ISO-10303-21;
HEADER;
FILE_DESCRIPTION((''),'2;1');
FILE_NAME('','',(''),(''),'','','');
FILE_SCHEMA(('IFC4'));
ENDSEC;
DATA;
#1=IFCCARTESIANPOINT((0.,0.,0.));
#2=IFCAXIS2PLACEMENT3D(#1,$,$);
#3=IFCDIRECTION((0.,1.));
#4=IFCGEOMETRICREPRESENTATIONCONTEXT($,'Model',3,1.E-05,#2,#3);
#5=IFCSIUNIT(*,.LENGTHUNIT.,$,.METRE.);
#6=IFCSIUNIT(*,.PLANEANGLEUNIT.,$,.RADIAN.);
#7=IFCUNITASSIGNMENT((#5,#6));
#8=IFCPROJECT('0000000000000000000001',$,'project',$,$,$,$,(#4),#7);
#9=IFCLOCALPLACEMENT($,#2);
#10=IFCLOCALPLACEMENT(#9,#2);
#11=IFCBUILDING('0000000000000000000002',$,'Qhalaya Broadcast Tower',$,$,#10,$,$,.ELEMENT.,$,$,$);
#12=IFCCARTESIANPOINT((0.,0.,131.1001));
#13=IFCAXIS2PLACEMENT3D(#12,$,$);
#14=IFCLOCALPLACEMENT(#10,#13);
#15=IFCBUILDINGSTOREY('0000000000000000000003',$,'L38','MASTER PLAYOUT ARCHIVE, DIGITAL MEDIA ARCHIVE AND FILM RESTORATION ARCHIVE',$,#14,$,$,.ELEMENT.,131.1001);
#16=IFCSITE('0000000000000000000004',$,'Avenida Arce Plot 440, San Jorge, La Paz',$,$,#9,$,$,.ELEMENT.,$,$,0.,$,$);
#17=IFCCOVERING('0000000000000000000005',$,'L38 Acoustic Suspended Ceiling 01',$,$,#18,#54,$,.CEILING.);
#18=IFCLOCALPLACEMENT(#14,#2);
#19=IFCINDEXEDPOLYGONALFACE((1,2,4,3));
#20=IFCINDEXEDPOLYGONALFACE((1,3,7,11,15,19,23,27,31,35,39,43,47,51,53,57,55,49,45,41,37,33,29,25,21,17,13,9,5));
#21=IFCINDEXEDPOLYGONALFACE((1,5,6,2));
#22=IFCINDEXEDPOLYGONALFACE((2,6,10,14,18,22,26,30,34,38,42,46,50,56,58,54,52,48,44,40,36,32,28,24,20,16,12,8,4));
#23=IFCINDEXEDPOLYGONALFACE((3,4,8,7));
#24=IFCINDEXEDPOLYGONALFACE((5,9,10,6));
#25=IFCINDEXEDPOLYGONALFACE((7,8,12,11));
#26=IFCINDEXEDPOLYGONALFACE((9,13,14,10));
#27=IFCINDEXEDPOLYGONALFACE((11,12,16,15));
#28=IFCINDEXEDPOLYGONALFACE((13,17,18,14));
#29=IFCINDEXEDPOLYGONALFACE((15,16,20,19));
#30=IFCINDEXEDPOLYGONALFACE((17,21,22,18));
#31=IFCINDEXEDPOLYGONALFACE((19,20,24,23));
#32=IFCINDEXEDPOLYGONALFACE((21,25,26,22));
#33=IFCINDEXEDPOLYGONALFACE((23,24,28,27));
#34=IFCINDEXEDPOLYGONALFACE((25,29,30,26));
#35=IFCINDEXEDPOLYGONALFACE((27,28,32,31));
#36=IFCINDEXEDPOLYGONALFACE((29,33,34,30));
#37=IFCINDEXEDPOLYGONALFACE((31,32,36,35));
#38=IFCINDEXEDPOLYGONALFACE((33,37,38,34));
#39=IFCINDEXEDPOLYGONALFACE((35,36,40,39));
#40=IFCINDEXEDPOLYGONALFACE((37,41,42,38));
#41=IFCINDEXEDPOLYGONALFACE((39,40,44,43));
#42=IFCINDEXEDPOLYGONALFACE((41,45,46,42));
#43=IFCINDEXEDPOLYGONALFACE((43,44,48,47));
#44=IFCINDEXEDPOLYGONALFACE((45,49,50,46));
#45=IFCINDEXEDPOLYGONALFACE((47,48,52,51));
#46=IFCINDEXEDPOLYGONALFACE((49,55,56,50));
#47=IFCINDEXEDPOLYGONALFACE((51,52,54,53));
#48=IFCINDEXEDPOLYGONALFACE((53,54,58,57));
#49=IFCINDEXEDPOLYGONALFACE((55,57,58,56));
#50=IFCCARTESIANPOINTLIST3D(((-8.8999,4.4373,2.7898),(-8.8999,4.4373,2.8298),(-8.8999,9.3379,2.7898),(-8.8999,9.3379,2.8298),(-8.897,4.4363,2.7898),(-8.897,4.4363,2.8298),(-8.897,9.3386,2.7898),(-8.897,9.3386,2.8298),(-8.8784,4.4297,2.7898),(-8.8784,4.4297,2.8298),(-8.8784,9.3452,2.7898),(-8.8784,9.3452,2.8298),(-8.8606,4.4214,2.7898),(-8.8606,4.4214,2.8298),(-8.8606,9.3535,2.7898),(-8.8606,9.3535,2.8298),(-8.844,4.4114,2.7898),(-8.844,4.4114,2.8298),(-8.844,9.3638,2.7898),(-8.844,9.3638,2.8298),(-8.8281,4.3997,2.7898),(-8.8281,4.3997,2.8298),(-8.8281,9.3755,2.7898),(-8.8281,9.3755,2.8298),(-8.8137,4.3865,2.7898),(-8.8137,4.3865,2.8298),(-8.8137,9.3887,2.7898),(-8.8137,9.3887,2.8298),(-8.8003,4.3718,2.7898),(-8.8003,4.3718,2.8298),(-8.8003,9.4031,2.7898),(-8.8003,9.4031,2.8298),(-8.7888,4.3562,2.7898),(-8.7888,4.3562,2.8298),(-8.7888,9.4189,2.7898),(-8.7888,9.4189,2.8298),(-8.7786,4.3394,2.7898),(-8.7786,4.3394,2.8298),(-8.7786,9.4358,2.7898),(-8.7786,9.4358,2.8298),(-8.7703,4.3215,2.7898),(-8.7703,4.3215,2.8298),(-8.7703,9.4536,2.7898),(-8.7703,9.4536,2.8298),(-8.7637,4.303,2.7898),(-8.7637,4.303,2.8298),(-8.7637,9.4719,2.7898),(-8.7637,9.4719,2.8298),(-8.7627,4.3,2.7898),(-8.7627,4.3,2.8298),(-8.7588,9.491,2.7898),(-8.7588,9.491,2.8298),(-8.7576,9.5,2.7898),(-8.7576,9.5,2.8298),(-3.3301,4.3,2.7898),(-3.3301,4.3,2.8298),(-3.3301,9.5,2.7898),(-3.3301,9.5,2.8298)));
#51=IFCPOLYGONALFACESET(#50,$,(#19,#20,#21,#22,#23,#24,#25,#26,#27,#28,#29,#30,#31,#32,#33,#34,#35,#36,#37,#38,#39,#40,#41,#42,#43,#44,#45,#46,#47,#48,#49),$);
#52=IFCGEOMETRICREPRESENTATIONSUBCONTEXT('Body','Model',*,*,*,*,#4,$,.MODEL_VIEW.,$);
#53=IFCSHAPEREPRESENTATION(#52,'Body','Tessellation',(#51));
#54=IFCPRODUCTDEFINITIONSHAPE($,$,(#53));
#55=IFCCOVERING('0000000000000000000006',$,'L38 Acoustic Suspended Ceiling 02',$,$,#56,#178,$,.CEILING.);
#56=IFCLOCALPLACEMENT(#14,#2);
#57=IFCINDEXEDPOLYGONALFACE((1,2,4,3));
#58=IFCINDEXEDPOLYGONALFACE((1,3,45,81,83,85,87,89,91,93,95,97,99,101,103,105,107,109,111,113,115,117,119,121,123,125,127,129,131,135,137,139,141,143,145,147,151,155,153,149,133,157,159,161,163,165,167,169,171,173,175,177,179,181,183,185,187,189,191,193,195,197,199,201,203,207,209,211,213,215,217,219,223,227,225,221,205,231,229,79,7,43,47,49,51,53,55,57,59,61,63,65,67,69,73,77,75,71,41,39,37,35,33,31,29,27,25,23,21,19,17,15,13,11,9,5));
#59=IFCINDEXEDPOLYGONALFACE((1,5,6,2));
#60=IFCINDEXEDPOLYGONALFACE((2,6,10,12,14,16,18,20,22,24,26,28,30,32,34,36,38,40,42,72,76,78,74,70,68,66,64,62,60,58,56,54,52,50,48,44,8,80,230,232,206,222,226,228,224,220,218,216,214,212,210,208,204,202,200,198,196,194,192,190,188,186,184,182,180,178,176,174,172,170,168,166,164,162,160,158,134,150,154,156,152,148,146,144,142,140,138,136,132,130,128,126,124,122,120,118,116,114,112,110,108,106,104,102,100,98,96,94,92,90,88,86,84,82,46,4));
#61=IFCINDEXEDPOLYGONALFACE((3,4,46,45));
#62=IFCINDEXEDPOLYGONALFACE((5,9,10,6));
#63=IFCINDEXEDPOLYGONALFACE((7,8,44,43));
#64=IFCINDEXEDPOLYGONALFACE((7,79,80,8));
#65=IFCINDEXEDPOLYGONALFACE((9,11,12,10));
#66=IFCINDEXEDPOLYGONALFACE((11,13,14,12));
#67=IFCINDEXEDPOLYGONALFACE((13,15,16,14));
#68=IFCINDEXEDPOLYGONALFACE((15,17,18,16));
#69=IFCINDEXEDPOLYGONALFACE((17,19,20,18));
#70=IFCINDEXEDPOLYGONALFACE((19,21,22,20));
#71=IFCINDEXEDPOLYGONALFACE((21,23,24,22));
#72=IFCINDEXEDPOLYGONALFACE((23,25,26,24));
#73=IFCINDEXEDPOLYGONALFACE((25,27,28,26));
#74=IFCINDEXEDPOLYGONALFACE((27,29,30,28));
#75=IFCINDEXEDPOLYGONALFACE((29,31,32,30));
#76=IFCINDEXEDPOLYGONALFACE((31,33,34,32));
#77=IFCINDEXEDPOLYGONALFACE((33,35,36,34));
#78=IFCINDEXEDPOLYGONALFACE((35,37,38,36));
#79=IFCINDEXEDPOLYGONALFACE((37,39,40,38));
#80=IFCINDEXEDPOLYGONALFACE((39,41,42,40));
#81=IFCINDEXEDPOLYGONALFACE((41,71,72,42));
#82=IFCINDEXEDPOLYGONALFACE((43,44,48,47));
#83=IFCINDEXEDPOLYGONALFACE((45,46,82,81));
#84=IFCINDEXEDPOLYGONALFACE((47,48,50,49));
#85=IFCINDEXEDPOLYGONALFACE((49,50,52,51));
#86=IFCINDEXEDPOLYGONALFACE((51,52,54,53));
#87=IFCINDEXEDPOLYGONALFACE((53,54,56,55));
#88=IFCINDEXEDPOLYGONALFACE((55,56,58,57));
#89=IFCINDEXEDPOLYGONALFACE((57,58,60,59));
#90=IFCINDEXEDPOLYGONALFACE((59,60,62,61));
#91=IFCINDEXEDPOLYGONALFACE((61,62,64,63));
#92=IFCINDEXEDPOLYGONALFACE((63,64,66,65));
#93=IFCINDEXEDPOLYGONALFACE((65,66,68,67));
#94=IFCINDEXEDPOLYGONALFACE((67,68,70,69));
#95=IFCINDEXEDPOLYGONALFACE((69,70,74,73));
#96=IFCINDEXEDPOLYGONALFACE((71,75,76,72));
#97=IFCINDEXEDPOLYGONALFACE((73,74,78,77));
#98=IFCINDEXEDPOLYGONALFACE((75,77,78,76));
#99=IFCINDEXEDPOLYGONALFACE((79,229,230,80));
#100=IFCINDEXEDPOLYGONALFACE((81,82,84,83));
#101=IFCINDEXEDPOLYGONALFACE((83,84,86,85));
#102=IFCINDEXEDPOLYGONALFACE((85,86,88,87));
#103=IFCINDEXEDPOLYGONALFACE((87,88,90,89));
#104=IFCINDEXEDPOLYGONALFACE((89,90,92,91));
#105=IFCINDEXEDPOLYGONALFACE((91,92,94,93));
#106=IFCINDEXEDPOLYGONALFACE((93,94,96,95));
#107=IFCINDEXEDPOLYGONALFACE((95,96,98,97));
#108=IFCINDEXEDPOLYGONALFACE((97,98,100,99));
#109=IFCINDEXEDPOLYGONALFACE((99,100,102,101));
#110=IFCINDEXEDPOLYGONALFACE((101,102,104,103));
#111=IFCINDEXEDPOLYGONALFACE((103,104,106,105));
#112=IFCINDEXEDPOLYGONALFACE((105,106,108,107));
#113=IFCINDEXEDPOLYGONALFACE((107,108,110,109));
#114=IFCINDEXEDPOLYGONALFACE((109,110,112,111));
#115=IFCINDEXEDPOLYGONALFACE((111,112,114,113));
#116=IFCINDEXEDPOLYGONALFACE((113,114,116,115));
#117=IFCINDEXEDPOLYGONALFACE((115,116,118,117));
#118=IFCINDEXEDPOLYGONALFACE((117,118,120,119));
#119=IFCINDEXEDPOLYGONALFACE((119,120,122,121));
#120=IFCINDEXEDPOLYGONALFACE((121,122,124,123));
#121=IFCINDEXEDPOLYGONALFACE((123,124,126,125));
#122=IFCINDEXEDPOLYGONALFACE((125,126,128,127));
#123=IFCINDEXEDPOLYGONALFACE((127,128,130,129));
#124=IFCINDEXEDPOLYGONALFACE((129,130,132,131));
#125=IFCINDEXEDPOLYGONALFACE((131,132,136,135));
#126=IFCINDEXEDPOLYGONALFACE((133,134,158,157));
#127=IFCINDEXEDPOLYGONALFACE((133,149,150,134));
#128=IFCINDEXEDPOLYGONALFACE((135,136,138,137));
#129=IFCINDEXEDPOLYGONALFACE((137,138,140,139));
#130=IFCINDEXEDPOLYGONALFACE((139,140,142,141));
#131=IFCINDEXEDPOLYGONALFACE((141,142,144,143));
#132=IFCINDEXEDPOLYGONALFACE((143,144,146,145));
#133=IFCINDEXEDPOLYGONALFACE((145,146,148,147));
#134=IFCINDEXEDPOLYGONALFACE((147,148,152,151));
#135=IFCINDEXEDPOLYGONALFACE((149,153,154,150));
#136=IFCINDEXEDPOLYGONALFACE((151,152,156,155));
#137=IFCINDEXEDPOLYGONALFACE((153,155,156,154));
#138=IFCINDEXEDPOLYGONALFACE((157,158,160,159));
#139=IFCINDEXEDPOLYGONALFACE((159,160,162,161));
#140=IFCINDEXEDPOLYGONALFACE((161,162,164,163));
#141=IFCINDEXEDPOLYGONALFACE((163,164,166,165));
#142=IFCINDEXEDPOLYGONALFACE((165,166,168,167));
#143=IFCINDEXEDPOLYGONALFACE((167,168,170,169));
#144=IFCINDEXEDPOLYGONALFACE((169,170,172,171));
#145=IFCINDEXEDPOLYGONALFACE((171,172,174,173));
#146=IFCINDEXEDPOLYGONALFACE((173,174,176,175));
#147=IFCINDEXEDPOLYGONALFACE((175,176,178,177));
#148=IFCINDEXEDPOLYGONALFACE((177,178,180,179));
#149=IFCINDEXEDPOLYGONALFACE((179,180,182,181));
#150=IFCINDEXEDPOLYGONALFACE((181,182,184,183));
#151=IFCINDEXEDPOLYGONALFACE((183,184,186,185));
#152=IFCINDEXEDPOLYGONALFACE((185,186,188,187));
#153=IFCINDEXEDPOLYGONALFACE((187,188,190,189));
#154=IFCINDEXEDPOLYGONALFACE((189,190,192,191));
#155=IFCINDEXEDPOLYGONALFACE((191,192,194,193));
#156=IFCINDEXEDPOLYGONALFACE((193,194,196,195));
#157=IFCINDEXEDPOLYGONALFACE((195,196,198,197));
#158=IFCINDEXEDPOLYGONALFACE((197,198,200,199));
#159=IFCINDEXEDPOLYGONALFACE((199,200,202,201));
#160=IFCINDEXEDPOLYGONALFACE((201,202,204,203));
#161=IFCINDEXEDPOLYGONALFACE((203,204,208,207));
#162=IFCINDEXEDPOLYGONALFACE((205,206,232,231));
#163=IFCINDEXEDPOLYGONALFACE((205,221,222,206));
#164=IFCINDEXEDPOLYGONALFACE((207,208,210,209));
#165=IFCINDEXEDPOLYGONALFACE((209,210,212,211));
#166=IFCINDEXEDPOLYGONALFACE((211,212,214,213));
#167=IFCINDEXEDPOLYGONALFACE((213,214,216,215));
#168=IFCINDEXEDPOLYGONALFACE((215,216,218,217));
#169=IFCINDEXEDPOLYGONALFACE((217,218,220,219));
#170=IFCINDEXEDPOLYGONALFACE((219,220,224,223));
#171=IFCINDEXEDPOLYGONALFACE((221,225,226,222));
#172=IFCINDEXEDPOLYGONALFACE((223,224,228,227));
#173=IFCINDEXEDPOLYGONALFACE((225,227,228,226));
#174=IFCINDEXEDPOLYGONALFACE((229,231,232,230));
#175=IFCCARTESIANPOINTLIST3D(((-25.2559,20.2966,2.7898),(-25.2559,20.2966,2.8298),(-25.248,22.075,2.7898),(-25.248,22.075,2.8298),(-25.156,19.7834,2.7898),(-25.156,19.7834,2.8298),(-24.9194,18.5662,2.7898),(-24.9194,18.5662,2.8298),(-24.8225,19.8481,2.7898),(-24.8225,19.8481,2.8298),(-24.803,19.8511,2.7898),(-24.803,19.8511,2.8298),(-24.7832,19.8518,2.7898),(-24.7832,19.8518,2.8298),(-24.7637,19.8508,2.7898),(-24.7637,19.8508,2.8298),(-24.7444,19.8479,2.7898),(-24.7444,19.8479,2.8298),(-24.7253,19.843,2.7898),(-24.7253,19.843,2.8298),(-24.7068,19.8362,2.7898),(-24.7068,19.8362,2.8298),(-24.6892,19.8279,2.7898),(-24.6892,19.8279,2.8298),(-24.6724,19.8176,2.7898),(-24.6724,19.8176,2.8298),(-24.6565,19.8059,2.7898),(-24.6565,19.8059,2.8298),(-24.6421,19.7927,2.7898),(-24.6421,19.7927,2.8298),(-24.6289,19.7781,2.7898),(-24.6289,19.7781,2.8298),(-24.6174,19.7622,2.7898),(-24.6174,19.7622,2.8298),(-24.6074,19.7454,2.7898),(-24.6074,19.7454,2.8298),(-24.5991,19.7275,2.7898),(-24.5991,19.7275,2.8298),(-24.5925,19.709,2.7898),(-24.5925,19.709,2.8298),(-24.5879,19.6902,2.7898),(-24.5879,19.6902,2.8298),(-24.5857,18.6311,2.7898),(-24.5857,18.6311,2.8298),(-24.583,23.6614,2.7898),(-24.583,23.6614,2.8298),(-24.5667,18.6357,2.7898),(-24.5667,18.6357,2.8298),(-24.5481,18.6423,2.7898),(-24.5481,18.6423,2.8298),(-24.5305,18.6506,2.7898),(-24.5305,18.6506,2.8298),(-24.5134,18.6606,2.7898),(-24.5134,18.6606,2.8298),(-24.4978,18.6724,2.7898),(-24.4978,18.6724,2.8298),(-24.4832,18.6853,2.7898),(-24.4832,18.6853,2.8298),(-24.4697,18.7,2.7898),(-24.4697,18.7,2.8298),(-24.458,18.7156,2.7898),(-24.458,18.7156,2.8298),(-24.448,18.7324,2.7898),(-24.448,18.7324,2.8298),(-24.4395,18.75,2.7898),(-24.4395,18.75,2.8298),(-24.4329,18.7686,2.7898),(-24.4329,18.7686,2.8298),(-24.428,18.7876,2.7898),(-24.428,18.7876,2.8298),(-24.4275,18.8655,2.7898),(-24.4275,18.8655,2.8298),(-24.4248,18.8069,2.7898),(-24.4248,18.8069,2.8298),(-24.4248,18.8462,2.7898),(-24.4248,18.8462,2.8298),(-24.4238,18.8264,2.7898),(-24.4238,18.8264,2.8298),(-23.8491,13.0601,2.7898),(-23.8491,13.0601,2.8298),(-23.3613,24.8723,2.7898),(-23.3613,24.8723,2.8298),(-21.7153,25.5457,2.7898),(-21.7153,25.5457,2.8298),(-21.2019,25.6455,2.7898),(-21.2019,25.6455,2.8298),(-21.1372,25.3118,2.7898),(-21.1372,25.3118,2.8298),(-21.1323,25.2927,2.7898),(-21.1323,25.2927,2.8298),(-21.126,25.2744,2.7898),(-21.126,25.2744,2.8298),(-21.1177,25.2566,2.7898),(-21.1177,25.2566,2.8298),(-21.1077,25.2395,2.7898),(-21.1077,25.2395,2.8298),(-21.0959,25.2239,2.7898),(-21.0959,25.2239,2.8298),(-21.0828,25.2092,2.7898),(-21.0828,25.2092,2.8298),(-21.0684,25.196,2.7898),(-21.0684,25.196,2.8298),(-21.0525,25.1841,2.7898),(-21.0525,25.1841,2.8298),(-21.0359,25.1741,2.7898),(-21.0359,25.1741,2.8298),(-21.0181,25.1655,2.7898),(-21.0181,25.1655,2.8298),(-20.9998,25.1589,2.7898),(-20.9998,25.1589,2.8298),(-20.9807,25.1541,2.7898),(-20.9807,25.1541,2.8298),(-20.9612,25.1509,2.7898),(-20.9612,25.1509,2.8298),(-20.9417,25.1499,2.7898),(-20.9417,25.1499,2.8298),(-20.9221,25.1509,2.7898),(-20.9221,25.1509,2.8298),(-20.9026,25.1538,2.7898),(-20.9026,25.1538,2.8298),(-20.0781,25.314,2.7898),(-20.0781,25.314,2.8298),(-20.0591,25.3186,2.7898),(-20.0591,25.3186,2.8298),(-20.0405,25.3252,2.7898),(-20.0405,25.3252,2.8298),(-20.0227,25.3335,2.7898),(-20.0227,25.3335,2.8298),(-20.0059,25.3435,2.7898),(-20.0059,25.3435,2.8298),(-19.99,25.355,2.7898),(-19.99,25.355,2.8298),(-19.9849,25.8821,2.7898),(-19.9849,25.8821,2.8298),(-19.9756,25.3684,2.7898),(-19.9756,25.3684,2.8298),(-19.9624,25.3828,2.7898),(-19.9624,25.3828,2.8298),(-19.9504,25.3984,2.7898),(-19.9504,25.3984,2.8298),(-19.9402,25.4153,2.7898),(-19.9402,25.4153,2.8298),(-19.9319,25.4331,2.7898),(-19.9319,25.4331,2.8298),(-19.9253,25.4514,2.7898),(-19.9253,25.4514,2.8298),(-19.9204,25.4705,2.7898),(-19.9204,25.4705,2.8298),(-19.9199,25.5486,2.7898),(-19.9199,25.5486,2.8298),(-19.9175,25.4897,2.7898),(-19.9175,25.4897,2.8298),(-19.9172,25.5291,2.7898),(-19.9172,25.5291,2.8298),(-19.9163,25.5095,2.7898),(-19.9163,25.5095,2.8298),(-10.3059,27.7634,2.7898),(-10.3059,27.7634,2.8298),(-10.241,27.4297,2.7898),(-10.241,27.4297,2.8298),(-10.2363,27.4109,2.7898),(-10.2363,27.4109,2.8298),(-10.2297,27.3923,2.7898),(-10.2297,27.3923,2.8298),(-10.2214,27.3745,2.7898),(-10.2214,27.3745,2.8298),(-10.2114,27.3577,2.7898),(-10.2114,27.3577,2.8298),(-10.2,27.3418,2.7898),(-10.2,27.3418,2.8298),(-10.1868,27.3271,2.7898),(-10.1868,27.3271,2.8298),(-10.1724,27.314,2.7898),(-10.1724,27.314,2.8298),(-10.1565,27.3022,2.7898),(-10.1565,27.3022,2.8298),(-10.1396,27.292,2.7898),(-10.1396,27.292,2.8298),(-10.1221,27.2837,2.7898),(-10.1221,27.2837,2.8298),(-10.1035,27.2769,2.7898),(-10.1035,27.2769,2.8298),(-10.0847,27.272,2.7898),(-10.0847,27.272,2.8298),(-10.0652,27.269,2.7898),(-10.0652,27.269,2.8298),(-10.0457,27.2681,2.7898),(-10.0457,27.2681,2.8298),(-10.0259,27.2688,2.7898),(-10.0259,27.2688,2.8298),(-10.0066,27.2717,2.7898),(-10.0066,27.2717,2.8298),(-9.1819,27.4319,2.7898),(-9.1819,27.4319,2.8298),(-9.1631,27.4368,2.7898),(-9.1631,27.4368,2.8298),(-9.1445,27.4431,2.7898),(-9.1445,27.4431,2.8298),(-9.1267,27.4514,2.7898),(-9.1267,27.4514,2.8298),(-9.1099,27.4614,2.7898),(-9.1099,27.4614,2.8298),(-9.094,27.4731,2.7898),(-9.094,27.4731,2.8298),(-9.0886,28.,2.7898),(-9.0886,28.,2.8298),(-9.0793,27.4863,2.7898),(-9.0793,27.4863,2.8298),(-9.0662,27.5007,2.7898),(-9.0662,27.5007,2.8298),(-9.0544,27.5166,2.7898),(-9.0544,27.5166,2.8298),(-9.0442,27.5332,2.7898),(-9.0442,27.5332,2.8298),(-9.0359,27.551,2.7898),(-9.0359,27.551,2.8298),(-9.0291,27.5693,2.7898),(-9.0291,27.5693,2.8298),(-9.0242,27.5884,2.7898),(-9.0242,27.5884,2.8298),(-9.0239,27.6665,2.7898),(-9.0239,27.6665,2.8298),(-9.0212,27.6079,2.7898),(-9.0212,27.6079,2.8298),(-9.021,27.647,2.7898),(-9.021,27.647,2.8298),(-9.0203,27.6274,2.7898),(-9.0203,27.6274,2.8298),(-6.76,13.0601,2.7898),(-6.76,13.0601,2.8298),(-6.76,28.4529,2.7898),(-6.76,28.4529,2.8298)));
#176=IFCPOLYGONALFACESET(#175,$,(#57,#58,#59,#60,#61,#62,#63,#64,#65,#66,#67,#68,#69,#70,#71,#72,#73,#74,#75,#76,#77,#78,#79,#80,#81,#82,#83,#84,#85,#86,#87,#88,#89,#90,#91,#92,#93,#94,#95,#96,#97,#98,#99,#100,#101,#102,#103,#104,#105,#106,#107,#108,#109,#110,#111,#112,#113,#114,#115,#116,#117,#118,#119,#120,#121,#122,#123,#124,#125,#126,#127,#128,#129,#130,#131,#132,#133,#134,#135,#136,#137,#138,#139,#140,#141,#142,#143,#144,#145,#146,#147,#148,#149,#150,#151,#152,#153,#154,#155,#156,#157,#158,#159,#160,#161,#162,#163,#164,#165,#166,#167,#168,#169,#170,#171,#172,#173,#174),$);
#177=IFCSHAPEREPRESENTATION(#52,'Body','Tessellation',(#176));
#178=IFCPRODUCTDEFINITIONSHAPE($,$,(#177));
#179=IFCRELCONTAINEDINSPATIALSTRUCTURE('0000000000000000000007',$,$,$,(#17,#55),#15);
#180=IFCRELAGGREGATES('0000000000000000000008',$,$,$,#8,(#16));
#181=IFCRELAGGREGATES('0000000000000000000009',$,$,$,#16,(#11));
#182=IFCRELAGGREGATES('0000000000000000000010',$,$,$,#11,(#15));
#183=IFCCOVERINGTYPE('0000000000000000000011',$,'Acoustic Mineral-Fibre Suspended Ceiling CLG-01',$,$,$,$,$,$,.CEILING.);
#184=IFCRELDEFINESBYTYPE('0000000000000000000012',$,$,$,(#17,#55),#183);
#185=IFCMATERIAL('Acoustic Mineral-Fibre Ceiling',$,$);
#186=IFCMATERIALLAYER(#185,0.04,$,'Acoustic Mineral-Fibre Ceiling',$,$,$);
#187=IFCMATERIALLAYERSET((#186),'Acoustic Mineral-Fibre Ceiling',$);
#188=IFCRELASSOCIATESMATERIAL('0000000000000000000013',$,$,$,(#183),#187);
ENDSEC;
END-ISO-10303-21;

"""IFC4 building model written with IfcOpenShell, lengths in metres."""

from ifc_helpers import new_model, si_unit, direction, frame, origin, place, context, subcontext, project, spatial, polyline, outline, extrude, material, layer, layer_set, type_object, element, save


model = new_model("IFC4")

# Units and contexts
model_context = context("Model", 3, precision=1e-05, world=origin(), true_north=direction((0.0, 1.0)))
body_context = subcontext(model_context, "Body", "Model", "MODEL_VIEW")
ifc_project = project(units=[si_unit("LENGTHUNIT", "METRE"), si_unit("PLANEANGLEUNIT", "RADIAN")], contexts=[model_context])

# Site, building, storey
site_placement = place(None, origin())
site = spatial("IfcSite", under=ifc_project, at=site_placement, Name="Avenida Arce Plot 440, San Jorge, La Paz", CompositionType="ELEMENT", RefElevation=0.0)
building_placement = place(site_placement, origin())
building = spatial("IfcBuilding", under=site, at=building_placement, Name="Qhalaya Broadcast Tower", CompositionType="ELEMENT")
storey_placement = place(building_placement, frame((0.0, 0.0, 131.1001)))
storey = spatial("IfcBuildingStorey", under=building, at=storey_placement, Name="L38", Description="MASTER PLAYOUT ARCHIVE, DIGITAL MEDIA ARCHIVE AND FILM RESTORATION ARCHIVE", CompositionType="ELEMENT", Elevation=131.1001)

# Coverings
ifc_material_1 = material(Name="Acoustic Mineral-Fibre Ceiling")
ifc_layer_1 = layer(ifc_material_1, 0.04, Name="Acoustic Mineral-Fibre Ceiling")
ifc_layer_set_1 = layer_set([ifc_layer_1], Name="Acoustic Mineral-Fibre Ceiling")
covering_type = type_object("IfcCoveringType", Name="Acoustic Mineral-Fibre Suspended Ceiling CLG-01", PredefinedType="CEILING", material=ifc_layer_set_1)
covering_1_placement = place(storey_placement, frame((0.0, 0.0, 2.7898)))
element("IfcCovering", 1, at=covering_1_placement, inside=storey, type_object=covering_type, Name="L38 Acoustic Suspended Ceiling 01", PredefinedType="CEILING", context=body_context, shape_type="SweptSolid", body=[
    extrude(outline(polyline([(-8.897, 9.3386), (-8.8999, 9.3379), (-8.8999, 4.4373), (-8.897, 4.4363), (-8.8784, 4.4297), (-8.8606, 4.4214), (-8.844, 4.4114), (-8.8281, 4.3997), (-8.8137, 4.3865), (-8.8003, 4.3718), (-8.7888, 4.3562), (-8.7786, 4.3394), (-8.7703, 4.3215), (-8.7637, 4.303), (-8.7627, 4.3), (-3.3301, 4.3), (-3.3301, 9.5), (-8.7576, 9.5), (-8.7588, 9.491), (-8.7637, 9.4719), (-8.7703, 9.4536), (-8.7786, 9.4358), (-8.7888, 9.4189), (-8.8003, 9.4031), (-8.8137, 9.3887), (-8.8281, 9.3755), (-8.844, 9.3638), (-8.8606, 9.3535), (-8.8784, 9.3452), (-8.897, 9.3386)])), origin(), (0.0, 0.0, 1.0), 0.04),
])
covering_2_placement = place(storey_placement, frame((0.0, 0.0, 2.7898)))
element("IfcCovering", 2, at=covering_2_placement, inside=storey, type_object=covering_type, Name="L38 Acoustic Suspended Ceiling 02", PredefinedType="CEILING", context=body_context, shape_type="SweptSolid", body=[
    extrude(outline(polyline([(-24.9194, 18.5662), (-23.8491, 13.0601), (-6.76, 13.0601), (-6.76, 28.4529), (-9.0886, 28.0), (-9.0239, 27.6665), (-9.021, 27.647), (-9.0203, 27.6274), (-9.0212, 27.6079), (-9.0242, 27.5884), (-9.0291, 27.5693), (-9.0359, 27.551), (-9.0442, 27.5332), (-9.0544, 27.5166), (-9.0662, 27.5007), (-9.0793, 27.4863), (-9.094, 27.4731), (-9.1099, 27.4614), (-9.1267, 27.4514), (-9.1445, 27.4431), (-9.1631, 27.4368), (-9.1819, 27.4319), (-10.0066, 27.2717), (-10.0259, 27.2688), (-10.0457, 27.2681), (-10.0652, 27.269), (-10.0847, 27.272), (-10.1035, 27.2769), (-10.1221, 27.2837), (-10.1396, 27.292), (-10.1565, 27.3022), (-10.1724, 27.314), (-10.1868, 27.3271), (-10.2, 27.3418), (-10.2114, 27.3577), (-10.2214, 27.3745), (-10.2297, 27.3923), (-10.2363, 27.4109), (-10.241, 27.4297), (-10.3059, 27.7634), (-19.9849, 25.8821), (-19.9199, 25.5486), (-19.9172, 25.5291), (-19.9163, 25.5095), (-19.9175, 25.4897), (-19.9204, 25.4705), (-19.9253, 25.4514), (-19.9319, 25.4331), (-19.9402, 25.4153), (-19.9504, 25.3984), (-19.9624, 25.3828), (-19.9756, 25.3684), (-19.99, 25.355), (-20.0059, 25.3435), (-20.0227, 25.3335), (-20.0405, 25.3252), (-20.0591, 25.3186), (-20.0781, 25.314), (-20.9026, 25.1538), (-20.9221, 25.1509), (-20.9417, 25.1499), (-20.9612, 25.1509), (-20.9807, 25.1541), (-20.9998, 25.1589), (-21.0181, 25.1655), (-21.0359, 25.1741), (-21.0525, 25.1841), (-21.0684, 25.196), (-21.0828, 25.2092), (-21.0959, 25.2239), (-21.1077, 25.2395), (-21.1177, 25.2566), (-21.126, 25.2744), (-21.1323, 25.2927), (-21.1372, 25.3118), (-21.2019, 25.6455), (-21.7153, 25.5457), (-23.3613, 24.8723), (-24.583, 23.6614), (-25.248, 22.075), (-25.2559, 20.2966), (-25.156, 19.7834), (-24.8225, 19.8481), (-24.803, 19.8511), (-24.7832, 19.8518), (-24.7637, 19.8508), (-24.7444, 19.8479), (-24.7253, 19.843), (-24.7068, 19.8362), (-24.6892, 19.8279), (-24.6724, 19.8176), (-24.6565, 19.8059), (-24.6421, 19.7927), (-24.6289, 19.7781), (-24.6174, 19.7622), (-24.6074, 19.7454), (-24.5991, 19.7275), (-24.5925, 19.709), (-24.5879, 19.6902), (-24.4275, 18.8655), (-24.4248, 18.8462), (-24.4238, 18.8264), (-24.4248, 18.8069), (-24.428, 18.7876), (-24.4329, 18.7686), (-24.4395, 18.75), (-24.448, 18.7324), (-24.458, 18.7156), (-24.4697, 18.7), (-24.4832, 18.6853), (-24.4978, 18.6724), (-24.5134, 18.6606), (-24.5305, 18.6506), (-24.5481, 18.6423), (-24.5667, 18.6357), (-24.5857, 18.6311), (-24.9194, 18.5662)])), origin(), (0.0, 0.0, 1.0), 0.04),
])

save(model, "model.ifc")
